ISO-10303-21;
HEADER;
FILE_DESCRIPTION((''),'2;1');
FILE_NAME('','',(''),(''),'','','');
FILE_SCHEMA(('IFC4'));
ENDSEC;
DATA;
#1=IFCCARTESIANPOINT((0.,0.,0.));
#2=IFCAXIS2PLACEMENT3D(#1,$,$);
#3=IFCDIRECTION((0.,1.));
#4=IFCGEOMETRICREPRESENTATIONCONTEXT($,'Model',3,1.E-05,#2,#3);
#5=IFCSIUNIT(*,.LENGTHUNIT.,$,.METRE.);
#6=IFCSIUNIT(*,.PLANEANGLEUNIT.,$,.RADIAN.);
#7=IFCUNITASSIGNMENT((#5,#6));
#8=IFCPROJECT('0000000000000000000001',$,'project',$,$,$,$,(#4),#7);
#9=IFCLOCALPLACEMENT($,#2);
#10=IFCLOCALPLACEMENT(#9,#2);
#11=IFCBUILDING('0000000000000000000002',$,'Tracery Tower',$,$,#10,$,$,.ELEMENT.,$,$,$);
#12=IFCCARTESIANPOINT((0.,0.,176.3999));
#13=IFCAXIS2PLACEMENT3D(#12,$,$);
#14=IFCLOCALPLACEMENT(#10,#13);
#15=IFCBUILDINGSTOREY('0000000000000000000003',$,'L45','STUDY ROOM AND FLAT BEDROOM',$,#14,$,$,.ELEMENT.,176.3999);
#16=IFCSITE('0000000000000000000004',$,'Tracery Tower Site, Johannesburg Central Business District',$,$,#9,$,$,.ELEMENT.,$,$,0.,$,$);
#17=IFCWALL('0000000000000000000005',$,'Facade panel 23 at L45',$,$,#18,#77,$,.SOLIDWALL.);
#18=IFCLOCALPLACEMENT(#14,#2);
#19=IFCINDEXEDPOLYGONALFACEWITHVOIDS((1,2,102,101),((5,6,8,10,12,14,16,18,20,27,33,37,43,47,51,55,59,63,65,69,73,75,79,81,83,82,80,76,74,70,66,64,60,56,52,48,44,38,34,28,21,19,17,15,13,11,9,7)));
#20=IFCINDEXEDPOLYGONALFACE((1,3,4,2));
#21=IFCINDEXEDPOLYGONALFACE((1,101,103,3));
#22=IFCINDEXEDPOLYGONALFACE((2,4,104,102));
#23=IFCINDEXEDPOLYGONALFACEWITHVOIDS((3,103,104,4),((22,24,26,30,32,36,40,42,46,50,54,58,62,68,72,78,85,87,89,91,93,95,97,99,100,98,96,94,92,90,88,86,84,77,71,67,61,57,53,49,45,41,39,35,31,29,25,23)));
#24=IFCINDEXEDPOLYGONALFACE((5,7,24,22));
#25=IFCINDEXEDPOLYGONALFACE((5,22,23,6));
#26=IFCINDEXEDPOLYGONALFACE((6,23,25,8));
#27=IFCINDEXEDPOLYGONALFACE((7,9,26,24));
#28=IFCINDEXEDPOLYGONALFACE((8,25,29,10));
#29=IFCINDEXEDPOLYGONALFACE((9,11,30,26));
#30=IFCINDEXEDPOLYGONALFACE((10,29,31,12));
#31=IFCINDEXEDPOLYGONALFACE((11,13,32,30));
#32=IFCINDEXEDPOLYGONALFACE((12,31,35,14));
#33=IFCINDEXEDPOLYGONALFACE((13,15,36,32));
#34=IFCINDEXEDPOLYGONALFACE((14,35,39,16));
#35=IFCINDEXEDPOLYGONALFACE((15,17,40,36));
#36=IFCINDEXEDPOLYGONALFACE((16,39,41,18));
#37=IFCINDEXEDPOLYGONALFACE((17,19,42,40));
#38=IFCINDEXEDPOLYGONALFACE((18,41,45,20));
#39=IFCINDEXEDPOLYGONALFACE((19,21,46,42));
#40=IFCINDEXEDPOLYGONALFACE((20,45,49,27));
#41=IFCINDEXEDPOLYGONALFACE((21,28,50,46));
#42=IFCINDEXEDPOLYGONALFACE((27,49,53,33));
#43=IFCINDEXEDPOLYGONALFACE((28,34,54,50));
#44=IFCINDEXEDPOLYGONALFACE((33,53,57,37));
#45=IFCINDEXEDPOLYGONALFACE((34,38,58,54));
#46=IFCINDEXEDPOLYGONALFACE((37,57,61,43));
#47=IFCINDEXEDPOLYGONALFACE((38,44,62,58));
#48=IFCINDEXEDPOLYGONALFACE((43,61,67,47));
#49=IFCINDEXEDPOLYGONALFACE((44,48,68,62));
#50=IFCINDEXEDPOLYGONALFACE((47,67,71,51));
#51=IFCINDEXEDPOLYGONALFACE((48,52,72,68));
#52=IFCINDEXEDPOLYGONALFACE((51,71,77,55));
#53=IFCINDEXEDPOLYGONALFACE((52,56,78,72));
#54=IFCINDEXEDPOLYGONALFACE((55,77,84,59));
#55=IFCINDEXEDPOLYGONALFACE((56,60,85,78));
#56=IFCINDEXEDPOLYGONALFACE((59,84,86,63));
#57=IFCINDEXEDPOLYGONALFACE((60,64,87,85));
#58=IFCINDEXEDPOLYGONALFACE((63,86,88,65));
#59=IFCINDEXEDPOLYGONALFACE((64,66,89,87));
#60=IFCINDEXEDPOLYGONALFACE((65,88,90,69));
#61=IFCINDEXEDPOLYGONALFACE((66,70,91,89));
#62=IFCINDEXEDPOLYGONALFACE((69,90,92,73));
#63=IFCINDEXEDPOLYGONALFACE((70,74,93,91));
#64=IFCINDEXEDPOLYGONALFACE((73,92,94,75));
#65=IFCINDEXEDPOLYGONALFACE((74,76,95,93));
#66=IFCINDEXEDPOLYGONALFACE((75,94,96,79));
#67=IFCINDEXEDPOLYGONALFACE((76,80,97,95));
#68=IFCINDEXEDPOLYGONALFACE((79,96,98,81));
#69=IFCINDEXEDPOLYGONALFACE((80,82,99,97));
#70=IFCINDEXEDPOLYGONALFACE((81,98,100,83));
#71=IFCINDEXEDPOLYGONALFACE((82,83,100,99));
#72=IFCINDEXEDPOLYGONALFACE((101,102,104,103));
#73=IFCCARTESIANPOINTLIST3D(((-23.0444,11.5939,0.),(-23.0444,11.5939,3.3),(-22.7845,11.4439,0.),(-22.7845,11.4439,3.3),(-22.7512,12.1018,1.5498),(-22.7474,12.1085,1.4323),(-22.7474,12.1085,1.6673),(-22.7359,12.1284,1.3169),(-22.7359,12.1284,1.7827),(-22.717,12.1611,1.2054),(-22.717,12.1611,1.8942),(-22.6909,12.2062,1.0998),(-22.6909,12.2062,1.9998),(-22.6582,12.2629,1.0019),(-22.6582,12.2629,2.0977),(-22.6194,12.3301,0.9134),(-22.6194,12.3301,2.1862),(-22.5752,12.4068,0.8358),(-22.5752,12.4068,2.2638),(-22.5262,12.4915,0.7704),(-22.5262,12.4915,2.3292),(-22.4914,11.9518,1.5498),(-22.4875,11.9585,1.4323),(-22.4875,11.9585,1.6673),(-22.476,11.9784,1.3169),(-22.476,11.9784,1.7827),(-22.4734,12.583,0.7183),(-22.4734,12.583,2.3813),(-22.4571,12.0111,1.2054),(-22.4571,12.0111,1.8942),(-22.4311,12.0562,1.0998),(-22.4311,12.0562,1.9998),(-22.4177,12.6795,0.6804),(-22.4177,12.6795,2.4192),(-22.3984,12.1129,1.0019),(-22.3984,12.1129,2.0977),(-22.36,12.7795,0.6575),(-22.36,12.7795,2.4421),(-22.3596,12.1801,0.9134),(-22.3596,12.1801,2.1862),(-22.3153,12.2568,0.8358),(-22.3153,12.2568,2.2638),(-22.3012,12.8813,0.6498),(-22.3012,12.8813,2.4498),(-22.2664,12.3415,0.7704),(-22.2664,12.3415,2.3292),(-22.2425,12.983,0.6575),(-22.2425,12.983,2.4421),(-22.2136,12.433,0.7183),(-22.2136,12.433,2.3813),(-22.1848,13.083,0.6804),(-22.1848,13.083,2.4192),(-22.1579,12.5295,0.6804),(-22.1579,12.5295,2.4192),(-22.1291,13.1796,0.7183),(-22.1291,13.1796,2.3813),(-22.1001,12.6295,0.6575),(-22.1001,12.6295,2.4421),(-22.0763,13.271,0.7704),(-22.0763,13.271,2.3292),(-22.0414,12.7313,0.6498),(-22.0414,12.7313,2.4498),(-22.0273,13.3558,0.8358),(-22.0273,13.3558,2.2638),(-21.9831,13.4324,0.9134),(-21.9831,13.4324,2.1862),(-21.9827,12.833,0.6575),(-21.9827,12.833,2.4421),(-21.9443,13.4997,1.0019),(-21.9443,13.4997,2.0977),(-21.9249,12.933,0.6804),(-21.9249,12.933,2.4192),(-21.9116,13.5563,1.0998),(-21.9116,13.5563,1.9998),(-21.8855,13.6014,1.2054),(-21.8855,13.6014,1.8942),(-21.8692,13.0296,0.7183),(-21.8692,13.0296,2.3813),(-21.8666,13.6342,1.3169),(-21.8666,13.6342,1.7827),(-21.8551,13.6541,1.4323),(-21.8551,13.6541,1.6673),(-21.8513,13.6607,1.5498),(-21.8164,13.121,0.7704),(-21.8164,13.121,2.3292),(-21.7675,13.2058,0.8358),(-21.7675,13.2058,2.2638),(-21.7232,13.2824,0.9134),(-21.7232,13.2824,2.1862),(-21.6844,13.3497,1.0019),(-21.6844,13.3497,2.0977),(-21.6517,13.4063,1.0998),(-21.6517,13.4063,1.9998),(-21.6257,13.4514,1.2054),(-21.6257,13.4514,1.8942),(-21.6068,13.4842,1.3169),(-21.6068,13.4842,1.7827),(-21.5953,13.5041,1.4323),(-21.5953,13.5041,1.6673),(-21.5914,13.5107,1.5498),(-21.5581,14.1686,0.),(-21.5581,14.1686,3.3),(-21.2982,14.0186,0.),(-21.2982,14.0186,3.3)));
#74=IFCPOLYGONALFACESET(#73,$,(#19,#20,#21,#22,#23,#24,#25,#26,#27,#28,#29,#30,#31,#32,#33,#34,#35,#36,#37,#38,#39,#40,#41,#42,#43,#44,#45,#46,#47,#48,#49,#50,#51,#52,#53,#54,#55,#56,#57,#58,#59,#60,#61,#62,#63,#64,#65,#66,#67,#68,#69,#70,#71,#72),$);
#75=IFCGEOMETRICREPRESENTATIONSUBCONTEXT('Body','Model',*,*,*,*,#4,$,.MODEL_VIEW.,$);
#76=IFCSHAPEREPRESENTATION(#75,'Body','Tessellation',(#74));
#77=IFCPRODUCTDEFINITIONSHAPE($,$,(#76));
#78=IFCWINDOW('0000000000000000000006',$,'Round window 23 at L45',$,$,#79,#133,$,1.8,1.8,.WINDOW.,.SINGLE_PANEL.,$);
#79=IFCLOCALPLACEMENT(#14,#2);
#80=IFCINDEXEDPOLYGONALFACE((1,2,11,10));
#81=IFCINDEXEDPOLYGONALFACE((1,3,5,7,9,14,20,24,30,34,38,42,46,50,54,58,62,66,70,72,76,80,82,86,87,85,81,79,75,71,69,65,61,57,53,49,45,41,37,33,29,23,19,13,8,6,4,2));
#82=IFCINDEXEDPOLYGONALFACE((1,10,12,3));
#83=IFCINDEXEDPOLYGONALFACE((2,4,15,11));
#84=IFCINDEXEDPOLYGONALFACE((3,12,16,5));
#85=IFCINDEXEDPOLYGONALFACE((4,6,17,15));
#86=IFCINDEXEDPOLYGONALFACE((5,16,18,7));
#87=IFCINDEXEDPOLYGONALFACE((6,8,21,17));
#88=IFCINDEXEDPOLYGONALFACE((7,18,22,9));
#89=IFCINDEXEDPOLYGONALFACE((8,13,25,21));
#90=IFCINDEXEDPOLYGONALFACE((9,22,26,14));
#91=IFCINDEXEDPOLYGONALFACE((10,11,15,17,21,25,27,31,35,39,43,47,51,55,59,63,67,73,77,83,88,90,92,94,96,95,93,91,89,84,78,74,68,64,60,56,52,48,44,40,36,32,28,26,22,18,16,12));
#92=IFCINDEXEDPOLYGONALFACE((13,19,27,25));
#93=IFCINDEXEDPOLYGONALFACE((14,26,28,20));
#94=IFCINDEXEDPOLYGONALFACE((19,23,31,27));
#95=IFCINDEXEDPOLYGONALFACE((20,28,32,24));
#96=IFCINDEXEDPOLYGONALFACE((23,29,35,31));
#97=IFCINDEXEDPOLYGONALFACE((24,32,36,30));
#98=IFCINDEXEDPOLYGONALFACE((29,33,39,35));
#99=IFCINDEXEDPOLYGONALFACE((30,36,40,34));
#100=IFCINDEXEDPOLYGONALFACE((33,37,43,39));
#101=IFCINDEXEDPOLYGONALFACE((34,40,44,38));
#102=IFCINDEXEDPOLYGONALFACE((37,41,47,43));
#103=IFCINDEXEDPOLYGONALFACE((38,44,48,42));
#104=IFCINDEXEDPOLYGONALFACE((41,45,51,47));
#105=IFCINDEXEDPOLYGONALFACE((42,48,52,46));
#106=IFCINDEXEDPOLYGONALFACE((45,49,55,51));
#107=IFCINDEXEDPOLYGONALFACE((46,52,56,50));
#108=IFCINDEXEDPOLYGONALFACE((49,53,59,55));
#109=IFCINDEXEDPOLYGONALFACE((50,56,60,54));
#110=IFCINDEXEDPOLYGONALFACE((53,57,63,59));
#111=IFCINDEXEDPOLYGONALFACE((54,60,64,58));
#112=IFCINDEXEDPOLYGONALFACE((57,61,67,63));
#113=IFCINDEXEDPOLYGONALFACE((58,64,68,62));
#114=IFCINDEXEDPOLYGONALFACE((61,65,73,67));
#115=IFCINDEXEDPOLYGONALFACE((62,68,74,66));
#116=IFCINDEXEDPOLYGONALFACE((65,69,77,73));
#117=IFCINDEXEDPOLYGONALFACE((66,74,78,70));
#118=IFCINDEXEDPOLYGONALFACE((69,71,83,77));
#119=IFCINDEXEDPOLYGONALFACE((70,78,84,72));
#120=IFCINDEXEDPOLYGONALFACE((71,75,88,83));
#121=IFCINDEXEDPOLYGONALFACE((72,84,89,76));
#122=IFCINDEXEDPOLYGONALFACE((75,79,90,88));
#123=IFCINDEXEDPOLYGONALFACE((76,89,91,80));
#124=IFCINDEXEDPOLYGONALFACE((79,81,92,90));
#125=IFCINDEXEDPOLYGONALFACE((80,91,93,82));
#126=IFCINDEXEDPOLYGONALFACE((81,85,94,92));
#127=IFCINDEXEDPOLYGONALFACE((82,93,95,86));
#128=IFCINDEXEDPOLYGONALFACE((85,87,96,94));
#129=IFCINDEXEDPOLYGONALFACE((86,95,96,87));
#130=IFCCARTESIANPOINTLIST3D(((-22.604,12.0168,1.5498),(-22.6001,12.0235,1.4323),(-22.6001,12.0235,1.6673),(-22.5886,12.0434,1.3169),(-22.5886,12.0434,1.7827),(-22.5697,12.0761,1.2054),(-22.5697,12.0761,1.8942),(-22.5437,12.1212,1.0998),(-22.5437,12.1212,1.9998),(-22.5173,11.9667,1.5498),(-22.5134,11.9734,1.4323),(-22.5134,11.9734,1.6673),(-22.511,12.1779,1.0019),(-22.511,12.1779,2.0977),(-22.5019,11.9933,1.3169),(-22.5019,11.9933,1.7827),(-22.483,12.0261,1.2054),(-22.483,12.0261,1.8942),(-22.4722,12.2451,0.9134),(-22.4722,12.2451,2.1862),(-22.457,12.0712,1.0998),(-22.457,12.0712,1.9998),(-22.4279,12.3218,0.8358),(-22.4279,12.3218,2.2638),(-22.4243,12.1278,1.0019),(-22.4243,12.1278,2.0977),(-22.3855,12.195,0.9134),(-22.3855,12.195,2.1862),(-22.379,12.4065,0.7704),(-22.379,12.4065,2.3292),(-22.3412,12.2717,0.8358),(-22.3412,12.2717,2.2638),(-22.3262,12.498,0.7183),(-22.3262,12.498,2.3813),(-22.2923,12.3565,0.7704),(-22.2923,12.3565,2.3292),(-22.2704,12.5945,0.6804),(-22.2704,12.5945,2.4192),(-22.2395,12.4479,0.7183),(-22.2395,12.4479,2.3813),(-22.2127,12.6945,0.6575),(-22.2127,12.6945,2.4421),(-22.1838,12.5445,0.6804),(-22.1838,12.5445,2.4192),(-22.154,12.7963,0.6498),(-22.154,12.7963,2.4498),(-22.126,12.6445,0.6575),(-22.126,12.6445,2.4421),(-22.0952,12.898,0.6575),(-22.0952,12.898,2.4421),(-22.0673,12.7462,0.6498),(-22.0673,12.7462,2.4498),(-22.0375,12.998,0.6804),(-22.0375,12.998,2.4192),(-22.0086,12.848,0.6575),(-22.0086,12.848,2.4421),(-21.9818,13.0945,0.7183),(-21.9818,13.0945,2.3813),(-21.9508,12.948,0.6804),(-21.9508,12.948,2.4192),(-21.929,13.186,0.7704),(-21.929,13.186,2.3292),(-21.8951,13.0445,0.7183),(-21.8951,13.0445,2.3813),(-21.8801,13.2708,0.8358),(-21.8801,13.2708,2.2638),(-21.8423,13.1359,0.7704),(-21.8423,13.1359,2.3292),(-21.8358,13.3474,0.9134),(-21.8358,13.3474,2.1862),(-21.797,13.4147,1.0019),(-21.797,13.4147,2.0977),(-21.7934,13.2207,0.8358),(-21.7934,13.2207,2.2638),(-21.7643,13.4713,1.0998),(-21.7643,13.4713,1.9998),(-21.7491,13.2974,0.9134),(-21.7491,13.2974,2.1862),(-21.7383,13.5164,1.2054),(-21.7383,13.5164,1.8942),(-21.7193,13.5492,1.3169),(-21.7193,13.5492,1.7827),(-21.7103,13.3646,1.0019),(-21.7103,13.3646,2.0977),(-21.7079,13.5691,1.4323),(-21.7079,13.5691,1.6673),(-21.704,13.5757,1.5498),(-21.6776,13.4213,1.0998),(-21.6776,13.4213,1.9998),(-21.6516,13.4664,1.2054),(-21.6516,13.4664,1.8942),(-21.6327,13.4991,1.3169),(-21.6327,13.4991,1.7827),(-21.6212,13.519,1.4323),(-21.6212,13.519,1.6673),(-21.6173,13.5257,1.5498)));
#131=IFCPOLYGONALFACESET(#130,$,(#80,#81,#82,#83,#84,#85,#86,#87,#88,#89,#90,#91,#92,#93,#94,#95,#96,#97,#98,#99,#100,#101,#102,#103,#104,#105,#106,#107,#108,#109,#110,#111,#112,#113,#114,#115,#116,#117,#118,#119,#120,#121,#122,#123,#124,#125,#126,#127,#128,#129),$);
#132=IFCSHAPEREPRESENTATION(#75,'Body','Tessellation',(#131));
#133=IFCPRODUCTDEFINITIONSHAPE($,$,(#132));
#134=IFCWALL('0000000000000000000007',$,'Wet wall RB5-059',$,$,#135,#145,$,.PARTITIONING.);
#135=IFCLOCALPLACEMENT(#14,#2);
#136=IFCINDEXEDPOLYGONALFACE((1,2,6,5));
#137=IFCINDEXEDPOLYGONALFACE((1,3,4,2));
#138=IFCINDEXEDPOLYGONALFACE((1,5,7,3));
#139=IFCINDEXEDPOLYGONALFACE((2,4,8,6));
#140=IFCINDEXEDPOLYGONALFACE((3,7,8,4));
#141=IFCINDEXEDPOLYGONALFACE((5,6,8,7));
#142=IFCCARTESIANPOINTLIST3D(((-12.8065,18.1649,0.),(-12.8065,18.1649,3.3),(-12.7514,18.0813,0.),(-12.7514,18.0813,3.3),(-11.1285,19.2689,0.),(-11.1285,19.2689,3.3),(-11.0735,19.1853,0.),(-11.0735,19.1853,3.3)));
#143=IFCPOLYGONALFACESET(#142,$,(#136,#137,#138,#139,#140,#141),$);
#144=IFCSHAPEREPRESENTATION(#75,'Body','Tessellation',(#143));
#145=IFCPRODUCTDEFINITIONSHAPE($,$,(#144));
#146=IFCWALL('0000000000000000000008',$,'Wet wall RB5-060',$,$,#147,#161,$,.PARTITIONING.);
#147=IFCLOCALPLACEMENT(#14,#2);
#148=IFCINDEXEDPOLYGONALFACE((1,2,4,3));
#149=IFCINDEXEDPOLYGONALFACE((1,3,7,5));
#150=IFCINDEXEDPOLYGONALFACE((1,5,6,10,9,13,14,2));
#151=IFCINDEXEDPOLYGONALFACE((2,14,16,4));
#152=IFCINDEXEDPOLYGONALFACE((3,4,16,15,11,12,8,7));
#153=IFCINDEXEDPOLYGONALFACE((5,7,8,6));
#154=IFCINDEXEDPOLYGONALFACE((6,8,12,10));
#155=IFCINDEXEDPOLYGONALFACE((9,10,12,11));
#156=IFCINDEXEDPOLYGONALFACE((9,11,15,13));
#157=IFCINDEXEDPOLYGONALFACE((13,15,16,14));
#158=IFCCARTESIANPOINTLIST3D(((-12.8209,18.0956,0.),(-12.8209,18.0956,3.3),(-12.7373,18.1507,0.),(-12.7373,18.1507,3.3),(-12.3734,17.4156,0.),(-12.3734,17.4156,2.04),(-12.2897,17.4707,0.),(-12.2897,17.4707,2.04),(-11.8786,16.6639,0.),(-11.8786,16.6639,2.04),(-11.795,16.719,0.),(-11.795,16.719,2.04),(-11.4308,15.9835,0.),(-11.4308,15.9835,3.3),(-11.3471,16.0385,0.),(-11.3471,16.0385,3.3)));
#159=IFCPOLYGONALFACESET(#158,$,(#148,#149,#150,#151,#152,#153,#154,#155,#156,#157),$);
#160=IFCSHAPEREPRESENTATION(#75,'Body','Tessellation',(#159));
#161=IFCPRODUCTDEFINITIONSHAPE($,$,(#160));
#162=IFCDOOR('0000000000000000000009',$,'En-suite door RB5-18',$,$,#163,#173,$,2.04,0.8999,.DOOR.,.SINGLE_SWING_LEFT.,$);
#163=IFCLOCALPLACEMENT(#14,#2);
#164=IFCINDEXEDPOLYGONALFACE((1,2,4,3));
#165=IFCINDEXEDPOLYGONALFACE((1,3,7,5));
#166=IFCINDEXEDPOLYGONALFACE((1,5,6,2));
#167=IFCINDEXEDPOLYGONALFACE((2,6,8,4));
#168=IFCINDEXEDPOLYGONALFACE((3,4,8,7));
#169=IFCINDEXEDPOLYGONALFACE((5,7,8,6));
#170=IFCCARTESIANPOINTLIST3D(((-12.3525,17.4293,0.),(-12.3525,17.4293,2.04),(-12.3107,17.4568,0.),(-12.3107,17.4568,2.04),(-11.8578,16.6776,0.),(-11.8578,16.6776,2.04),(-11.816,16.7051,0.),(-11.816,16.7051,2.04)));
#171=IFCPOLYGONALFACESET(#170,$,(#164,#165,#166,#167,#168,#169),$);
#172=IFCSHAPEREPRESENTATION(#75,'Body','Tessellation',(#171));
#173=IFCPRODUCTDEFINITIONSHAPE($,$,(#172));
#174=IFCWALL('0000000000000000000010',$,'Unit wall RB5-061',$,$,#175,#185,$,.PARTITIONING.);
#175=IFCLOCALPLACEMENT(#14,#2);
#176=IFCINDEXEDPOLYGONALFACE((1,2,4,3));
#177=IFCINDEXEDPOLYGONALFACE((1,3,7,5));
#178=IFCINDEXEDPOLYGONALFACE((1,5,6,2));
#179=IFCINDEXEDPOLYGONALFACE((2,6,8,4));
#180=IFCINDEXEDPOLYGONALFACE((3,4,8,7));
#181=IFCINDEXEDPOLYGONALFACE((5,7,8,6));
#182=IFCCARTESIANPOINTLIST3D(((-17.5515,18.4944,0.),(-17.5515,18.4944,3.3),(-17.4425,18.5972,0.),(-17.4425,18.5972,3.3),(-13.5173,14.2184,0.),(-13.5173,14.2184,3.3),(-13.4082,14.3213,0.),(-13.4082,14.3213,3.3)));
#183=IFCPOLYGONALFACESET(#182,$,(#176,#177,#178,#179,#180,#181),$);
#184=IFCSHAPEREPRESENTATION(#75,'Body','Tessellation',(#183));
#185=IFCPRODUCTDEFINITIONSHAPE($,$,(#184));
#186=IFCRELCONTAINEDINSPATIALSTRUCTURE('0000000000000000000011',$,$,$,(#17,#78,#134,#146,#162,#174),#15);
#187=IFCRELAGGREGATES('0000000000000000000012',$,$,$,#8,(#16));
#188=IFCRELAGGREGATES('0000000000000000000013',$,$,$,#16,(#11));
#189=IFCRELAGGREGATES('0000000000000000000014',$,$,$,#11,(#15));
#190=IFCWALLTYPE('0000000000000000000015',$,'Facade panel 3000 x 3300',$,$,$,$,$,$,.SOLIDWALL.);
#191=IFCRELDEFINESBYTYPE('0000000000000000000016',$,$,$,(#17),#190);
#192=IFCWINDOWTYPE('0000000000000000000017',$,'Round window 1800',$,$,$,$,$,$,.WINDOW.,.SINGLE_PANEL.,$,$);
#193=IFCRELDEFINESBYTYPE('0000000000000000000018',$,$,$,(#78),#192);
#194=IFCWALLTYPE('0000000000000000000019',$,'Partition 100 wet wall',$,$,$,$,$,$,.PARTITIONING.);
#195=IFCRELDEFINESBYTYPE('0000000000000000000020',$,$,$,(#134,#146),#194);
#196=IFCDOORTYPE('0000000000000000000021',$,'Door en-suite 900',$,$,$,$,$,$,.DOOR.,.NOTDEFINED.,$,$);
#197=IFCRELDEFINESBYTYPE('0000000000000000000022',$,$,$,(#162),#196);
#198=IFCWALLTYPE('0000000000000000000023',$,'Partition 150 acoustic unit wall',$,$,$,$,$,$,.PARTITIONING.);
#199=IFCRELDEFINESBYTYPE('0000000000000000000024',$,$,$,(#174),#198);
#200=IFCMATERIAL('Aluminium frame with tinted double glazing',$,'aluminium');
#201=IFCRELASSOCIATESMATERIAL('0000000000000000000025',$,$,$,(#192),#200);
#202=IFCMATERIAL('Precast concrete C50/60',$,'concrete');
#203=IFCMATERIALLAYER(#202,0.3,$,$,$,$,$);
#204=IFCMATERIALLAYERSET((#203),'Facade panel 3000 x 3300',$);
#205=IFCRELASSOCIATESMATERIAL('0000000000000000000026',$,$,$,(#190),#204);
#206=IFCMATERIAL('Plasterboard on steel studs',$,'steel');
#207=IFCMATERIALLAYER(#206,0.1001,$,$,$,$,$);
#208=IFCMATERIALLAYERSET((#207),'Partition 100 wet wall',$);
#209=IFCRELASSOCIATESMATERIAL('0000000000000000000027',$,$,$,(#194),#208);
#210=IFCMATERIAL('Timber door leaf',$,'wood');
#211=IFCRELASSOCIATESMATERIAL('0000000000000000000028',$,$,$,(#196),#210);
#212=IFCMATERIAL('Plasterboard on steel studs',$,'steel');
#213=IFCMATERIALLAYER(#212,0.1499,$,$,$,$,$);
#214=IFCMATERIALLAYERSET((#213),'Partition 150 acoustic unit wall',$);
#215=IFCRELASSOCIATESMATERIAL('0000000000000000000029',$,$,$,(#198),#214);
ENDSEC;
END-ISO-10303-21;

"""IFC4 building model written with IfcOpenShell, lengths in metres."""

from ifc_helpers import new_model, si_unit, direction, frame, frame_2d, origin, origin_2d, place, context, subcontext, project, spatial, rectangle, circle, extrude, material, layer, layer_set, type_object, element, fill, save


model = new_model("IFC4")

# Units and contexts
model_context = context("Model", 3, precision=1e-05, world=origin(), true_north=direction((0.0, 1.0)))
body_context = subcontext(model_context, "Body", "Model", "MODEL_VIEW")
ifc_project = project(units=[si_unit("LENGTHUNIT", "METRE"), si_unit("PLANEANGLEUNIT", "RADIAN")], contexts=[model_context])

# Site, building, storey
site_placement = place(None, origin())
site = spatial("IfcSite", under=ifc_project, at=site_placement, Name="Tracery Tower Site, Johannesburg Central Business District", CompositionType="ELEMENT", RefElevation=0.0)
building_placement = place(site_placement, origin())
building = spatial("IfcBuilding", under=site, at=building_placement, Name="Tracery Tower", CompositionType="ELEMENT")
storey_placement = place(building_placement, frame((0.0, 0.0, 176.3999)))
storey = spatial("IfcBuildingStorey", under=building, at=storey_placement, Name="L45", Description="STUDY ROOM AND FLAT BEDROOM", CompositionType="ELEMENT", Elevation=176.3999)

# Wall, opening, window
ifc_material_1 = material(Name="Aluminium frame with tinted double glazing", Category="aluminium")
window_type = type_object("IfcWindowType", Name="Round window 1800", PartitioningType="SINGLE_PANEL", PredefinedType="WINDOW", material=ifc_material_1)
ifc_material_2 = material(Name="Precast concrete C50/60", Category="concrete")
ifc_layer_1 = layer(ifc_material_2, 0.3)
ifc_layer_set_1 = layer_set([ifc_layer_1], Name="Facade panel 3000 x 3300")
wall_type_1 = type_object("IfcWallType", Name="Facade panel 3000 x 3300", PredefinedType="SOLIDWALL", material=ifc_layer_set_1)
wall_1_placement = place(storey_placement, frame((-21.4282, 14.0935, 0.0), z_axis=(0.0, 0.0, 1.0), x_axis=(-0.499955, -0.866052, 0.0)))
wall_1 = element("IfcWall", 1, at=wall_1_placement, inside=storey, type_object=wall_type_1, Name="Facade panel 23 at L45", PredefinedType="SOLIDWALL", context=body_context, shape_type="SweptSolid", body=[
    extrude(rectangle(XDim=2.9729, YDim=0.3, at=frame_2d((1.4863, 0.0))), origin(), (0.0, 0.0, 1.0), 3.3),
])
opening_1_placement = place(wall_1_placement, frame((1.4863, 0.0, 1.5498)))
opening_1 = element("IfcOpeningElement", 2, at=opening_1_placement, cuts=wall_1, PredefinedType="OPENING", context=body_context, shape_type="SweptSolid", body=[
    extrude(circle(Radius=0.9, at=origin_2d()), frame((0.0, 0.1599, 0.0), z_axis=(0.0, -1.0, 0.0), x_axis=(1.0, 0.0, 0.0)), (0.0, 0.0, 1.0), 0.3201),
])
window_1_placement = place(opening_1_placement, origin())
window_1 = element("IfcWindow", 3, at=window_1_placement, inside=storey, type_object=window_type, Name="Round window 23 at L45", OverallHeight=1.8, OverallWidth=1.8, PartitioningType="SINGLE_PANEL", PredefinedType="WINDOW", context=body_context, shape_type="SweptSolid", body=[
    extrude(circle(Radius=0.9, at=origin_2d()), frame((0.0, 0.1201, 0.0), z_axis=(0.0, -1.0, 0.0), x_axis=(1.0, 0.0, 0.0)), (0.0, 0.0, 1.0), 0.1001),
])
fill(opening_1, window_1)

# Wall
ifc_material_3 = material(Name="Plasterboard on steel studs", Category="steel")
ifc_layer_2 = layer(ifc_material_3, 0.1001)
ifc_layer_set_2 = layer_set([ifc_layer_2], Name="Partition 100 wet wall")
wall_type_2 = type_object("IfcWallType", Name="Partition 100 wet wall", PredefinedType="PARTITIONING", material=ifc_layer_set_2)
wall_2_placement = place(storey_placement, frame((-12.7791, 18.123, 0.0), z_axis=(0.0, 0.0, 1.0), x_axis=(0.835401, 0.549641, 0.0)))
element("IfcWall", 4, at=wall_2_placement, inside=storey, type_object=wall_type_2, Name="Wet wall RB5-059", PredefinedType="PARTITIONING", context=body_context, shape_type="SweptSolid", body=[
    extrude(rectangle(XDim=2.0085, YDim=0.1001, at=frame_2d((1.0044, 0.0))), origin(), (0.0, 0.0, 1.0), 3.3),
])

# Wall, opening, door
wall_3_placement = place(storey_placement, frame((-12.7791, 18.123, 0.0), z_axis=(0.0, 0.0, 1.0), x_axis=(0.549789, -0.835304, 0.0)))
wall_3 = element("IfcWall", 5, at=wall_3_placement, inside=storey, type_object=wall_type_2, Name="Wet wall RB5-060", PredefinedType="PARTITIONING", context=body_context, shape_type="SweptSolid", body=[
    extrude(rectangle(XDim=2.5286, YDim=0.1001, at=frame_2d((1.2642, 0.0))), origin(), (0.0, 0.0, 1.0), 3.3),
])
opening_2_placement = place(wall_3_placement, frame((0.814, 0.0, 0.0)))
opening_2 = element("IfcOpeningElement", 6, at=opening_2_placement, cuts=wall_3, PredefinedType="OPENING", context=body_context, shape_type="SweptSolid", body=[
    extrude(rectangle(XDim=0.8999, YDim=2.04, at=frame_2d((0.45, 1.02))), frame((0.0, 0.05, 0.0), z_axis=(0.0, -1.0, 0.0), x_axis=(1.0, 0.0, 0.0)), (0.0, 0.0, 1.0), 0.1001),
])
ifc_material_4 = material(Name="Timber door leaf", Category="wood")
door_type_1 = type_object("IfcDoorType", Name="Door en-suite 900", OperationType="NOTDEFINED", PredefinedType="DOOR", material=ifc_material_4)
door_1_placement = place(opening_2_placement, origin())
door_1 = element("IfcDoor", 7, at=door_1_placement, inside=storey, type_object=door_type_1, Name="En-suite door RB5-18", OperationType="SINGLE_SWING_LEFT", OverallHeight=2.04, OverallWidth=0.8999, PredefinedType="DOOR", context=body_context, shape_type="SweptSolid", body=[
    extrude(rectangle(XDim=0.8999, YDim=2.04, at=frame_2d((0.45, 1.02))), frame((0.0, 0.0249, 0.0), z_axis=(0.0, -1.0, 0.0), x_axis=(1.0, 0.0, 0.0)), (0.0, 0.0, 1.0), 0.05),
])
fill(opening_2, door_1)

# Wall
ifc_material_5 = material(Name="Plasterboard on steel studs", Category="steel")
ifc_layer_3 = layer(ifc_material_5, 0.1499)
ifc_layer_set_3 = layer_set([ifc_layer_3], Name="Partition 150 acoustic unit wall")
wall_type_3 = type_object("IfcWallType", Name="Partition 150 acoustic unit wall", PredefinedType="PARTITIONING", material=ifc_layer_set_3)
wall_4_placement = place(storey_placement, frame((-17.4971, 18.5459, 0.0), z_axis=(0.0, 0.0, 1.0), x_axis=(0.68625, -0.727365, 0.0)))
element("IfcWall", 8, at=wall_4_placement, inside=storey, type_object=wall_type_3, Name="Unit wall RB5-061", PredefinedType="PARTITIONING", context=body_context, shape_type="SweptSolid", body=[
    extrude(rectangle(XDim=5.8787, YDim=0.1499, at=frame_2d((2.9395, 0.0))), origin(), (0.0, 0.0, 1.0), 3.3),
])

save(model, "model.ifc")
